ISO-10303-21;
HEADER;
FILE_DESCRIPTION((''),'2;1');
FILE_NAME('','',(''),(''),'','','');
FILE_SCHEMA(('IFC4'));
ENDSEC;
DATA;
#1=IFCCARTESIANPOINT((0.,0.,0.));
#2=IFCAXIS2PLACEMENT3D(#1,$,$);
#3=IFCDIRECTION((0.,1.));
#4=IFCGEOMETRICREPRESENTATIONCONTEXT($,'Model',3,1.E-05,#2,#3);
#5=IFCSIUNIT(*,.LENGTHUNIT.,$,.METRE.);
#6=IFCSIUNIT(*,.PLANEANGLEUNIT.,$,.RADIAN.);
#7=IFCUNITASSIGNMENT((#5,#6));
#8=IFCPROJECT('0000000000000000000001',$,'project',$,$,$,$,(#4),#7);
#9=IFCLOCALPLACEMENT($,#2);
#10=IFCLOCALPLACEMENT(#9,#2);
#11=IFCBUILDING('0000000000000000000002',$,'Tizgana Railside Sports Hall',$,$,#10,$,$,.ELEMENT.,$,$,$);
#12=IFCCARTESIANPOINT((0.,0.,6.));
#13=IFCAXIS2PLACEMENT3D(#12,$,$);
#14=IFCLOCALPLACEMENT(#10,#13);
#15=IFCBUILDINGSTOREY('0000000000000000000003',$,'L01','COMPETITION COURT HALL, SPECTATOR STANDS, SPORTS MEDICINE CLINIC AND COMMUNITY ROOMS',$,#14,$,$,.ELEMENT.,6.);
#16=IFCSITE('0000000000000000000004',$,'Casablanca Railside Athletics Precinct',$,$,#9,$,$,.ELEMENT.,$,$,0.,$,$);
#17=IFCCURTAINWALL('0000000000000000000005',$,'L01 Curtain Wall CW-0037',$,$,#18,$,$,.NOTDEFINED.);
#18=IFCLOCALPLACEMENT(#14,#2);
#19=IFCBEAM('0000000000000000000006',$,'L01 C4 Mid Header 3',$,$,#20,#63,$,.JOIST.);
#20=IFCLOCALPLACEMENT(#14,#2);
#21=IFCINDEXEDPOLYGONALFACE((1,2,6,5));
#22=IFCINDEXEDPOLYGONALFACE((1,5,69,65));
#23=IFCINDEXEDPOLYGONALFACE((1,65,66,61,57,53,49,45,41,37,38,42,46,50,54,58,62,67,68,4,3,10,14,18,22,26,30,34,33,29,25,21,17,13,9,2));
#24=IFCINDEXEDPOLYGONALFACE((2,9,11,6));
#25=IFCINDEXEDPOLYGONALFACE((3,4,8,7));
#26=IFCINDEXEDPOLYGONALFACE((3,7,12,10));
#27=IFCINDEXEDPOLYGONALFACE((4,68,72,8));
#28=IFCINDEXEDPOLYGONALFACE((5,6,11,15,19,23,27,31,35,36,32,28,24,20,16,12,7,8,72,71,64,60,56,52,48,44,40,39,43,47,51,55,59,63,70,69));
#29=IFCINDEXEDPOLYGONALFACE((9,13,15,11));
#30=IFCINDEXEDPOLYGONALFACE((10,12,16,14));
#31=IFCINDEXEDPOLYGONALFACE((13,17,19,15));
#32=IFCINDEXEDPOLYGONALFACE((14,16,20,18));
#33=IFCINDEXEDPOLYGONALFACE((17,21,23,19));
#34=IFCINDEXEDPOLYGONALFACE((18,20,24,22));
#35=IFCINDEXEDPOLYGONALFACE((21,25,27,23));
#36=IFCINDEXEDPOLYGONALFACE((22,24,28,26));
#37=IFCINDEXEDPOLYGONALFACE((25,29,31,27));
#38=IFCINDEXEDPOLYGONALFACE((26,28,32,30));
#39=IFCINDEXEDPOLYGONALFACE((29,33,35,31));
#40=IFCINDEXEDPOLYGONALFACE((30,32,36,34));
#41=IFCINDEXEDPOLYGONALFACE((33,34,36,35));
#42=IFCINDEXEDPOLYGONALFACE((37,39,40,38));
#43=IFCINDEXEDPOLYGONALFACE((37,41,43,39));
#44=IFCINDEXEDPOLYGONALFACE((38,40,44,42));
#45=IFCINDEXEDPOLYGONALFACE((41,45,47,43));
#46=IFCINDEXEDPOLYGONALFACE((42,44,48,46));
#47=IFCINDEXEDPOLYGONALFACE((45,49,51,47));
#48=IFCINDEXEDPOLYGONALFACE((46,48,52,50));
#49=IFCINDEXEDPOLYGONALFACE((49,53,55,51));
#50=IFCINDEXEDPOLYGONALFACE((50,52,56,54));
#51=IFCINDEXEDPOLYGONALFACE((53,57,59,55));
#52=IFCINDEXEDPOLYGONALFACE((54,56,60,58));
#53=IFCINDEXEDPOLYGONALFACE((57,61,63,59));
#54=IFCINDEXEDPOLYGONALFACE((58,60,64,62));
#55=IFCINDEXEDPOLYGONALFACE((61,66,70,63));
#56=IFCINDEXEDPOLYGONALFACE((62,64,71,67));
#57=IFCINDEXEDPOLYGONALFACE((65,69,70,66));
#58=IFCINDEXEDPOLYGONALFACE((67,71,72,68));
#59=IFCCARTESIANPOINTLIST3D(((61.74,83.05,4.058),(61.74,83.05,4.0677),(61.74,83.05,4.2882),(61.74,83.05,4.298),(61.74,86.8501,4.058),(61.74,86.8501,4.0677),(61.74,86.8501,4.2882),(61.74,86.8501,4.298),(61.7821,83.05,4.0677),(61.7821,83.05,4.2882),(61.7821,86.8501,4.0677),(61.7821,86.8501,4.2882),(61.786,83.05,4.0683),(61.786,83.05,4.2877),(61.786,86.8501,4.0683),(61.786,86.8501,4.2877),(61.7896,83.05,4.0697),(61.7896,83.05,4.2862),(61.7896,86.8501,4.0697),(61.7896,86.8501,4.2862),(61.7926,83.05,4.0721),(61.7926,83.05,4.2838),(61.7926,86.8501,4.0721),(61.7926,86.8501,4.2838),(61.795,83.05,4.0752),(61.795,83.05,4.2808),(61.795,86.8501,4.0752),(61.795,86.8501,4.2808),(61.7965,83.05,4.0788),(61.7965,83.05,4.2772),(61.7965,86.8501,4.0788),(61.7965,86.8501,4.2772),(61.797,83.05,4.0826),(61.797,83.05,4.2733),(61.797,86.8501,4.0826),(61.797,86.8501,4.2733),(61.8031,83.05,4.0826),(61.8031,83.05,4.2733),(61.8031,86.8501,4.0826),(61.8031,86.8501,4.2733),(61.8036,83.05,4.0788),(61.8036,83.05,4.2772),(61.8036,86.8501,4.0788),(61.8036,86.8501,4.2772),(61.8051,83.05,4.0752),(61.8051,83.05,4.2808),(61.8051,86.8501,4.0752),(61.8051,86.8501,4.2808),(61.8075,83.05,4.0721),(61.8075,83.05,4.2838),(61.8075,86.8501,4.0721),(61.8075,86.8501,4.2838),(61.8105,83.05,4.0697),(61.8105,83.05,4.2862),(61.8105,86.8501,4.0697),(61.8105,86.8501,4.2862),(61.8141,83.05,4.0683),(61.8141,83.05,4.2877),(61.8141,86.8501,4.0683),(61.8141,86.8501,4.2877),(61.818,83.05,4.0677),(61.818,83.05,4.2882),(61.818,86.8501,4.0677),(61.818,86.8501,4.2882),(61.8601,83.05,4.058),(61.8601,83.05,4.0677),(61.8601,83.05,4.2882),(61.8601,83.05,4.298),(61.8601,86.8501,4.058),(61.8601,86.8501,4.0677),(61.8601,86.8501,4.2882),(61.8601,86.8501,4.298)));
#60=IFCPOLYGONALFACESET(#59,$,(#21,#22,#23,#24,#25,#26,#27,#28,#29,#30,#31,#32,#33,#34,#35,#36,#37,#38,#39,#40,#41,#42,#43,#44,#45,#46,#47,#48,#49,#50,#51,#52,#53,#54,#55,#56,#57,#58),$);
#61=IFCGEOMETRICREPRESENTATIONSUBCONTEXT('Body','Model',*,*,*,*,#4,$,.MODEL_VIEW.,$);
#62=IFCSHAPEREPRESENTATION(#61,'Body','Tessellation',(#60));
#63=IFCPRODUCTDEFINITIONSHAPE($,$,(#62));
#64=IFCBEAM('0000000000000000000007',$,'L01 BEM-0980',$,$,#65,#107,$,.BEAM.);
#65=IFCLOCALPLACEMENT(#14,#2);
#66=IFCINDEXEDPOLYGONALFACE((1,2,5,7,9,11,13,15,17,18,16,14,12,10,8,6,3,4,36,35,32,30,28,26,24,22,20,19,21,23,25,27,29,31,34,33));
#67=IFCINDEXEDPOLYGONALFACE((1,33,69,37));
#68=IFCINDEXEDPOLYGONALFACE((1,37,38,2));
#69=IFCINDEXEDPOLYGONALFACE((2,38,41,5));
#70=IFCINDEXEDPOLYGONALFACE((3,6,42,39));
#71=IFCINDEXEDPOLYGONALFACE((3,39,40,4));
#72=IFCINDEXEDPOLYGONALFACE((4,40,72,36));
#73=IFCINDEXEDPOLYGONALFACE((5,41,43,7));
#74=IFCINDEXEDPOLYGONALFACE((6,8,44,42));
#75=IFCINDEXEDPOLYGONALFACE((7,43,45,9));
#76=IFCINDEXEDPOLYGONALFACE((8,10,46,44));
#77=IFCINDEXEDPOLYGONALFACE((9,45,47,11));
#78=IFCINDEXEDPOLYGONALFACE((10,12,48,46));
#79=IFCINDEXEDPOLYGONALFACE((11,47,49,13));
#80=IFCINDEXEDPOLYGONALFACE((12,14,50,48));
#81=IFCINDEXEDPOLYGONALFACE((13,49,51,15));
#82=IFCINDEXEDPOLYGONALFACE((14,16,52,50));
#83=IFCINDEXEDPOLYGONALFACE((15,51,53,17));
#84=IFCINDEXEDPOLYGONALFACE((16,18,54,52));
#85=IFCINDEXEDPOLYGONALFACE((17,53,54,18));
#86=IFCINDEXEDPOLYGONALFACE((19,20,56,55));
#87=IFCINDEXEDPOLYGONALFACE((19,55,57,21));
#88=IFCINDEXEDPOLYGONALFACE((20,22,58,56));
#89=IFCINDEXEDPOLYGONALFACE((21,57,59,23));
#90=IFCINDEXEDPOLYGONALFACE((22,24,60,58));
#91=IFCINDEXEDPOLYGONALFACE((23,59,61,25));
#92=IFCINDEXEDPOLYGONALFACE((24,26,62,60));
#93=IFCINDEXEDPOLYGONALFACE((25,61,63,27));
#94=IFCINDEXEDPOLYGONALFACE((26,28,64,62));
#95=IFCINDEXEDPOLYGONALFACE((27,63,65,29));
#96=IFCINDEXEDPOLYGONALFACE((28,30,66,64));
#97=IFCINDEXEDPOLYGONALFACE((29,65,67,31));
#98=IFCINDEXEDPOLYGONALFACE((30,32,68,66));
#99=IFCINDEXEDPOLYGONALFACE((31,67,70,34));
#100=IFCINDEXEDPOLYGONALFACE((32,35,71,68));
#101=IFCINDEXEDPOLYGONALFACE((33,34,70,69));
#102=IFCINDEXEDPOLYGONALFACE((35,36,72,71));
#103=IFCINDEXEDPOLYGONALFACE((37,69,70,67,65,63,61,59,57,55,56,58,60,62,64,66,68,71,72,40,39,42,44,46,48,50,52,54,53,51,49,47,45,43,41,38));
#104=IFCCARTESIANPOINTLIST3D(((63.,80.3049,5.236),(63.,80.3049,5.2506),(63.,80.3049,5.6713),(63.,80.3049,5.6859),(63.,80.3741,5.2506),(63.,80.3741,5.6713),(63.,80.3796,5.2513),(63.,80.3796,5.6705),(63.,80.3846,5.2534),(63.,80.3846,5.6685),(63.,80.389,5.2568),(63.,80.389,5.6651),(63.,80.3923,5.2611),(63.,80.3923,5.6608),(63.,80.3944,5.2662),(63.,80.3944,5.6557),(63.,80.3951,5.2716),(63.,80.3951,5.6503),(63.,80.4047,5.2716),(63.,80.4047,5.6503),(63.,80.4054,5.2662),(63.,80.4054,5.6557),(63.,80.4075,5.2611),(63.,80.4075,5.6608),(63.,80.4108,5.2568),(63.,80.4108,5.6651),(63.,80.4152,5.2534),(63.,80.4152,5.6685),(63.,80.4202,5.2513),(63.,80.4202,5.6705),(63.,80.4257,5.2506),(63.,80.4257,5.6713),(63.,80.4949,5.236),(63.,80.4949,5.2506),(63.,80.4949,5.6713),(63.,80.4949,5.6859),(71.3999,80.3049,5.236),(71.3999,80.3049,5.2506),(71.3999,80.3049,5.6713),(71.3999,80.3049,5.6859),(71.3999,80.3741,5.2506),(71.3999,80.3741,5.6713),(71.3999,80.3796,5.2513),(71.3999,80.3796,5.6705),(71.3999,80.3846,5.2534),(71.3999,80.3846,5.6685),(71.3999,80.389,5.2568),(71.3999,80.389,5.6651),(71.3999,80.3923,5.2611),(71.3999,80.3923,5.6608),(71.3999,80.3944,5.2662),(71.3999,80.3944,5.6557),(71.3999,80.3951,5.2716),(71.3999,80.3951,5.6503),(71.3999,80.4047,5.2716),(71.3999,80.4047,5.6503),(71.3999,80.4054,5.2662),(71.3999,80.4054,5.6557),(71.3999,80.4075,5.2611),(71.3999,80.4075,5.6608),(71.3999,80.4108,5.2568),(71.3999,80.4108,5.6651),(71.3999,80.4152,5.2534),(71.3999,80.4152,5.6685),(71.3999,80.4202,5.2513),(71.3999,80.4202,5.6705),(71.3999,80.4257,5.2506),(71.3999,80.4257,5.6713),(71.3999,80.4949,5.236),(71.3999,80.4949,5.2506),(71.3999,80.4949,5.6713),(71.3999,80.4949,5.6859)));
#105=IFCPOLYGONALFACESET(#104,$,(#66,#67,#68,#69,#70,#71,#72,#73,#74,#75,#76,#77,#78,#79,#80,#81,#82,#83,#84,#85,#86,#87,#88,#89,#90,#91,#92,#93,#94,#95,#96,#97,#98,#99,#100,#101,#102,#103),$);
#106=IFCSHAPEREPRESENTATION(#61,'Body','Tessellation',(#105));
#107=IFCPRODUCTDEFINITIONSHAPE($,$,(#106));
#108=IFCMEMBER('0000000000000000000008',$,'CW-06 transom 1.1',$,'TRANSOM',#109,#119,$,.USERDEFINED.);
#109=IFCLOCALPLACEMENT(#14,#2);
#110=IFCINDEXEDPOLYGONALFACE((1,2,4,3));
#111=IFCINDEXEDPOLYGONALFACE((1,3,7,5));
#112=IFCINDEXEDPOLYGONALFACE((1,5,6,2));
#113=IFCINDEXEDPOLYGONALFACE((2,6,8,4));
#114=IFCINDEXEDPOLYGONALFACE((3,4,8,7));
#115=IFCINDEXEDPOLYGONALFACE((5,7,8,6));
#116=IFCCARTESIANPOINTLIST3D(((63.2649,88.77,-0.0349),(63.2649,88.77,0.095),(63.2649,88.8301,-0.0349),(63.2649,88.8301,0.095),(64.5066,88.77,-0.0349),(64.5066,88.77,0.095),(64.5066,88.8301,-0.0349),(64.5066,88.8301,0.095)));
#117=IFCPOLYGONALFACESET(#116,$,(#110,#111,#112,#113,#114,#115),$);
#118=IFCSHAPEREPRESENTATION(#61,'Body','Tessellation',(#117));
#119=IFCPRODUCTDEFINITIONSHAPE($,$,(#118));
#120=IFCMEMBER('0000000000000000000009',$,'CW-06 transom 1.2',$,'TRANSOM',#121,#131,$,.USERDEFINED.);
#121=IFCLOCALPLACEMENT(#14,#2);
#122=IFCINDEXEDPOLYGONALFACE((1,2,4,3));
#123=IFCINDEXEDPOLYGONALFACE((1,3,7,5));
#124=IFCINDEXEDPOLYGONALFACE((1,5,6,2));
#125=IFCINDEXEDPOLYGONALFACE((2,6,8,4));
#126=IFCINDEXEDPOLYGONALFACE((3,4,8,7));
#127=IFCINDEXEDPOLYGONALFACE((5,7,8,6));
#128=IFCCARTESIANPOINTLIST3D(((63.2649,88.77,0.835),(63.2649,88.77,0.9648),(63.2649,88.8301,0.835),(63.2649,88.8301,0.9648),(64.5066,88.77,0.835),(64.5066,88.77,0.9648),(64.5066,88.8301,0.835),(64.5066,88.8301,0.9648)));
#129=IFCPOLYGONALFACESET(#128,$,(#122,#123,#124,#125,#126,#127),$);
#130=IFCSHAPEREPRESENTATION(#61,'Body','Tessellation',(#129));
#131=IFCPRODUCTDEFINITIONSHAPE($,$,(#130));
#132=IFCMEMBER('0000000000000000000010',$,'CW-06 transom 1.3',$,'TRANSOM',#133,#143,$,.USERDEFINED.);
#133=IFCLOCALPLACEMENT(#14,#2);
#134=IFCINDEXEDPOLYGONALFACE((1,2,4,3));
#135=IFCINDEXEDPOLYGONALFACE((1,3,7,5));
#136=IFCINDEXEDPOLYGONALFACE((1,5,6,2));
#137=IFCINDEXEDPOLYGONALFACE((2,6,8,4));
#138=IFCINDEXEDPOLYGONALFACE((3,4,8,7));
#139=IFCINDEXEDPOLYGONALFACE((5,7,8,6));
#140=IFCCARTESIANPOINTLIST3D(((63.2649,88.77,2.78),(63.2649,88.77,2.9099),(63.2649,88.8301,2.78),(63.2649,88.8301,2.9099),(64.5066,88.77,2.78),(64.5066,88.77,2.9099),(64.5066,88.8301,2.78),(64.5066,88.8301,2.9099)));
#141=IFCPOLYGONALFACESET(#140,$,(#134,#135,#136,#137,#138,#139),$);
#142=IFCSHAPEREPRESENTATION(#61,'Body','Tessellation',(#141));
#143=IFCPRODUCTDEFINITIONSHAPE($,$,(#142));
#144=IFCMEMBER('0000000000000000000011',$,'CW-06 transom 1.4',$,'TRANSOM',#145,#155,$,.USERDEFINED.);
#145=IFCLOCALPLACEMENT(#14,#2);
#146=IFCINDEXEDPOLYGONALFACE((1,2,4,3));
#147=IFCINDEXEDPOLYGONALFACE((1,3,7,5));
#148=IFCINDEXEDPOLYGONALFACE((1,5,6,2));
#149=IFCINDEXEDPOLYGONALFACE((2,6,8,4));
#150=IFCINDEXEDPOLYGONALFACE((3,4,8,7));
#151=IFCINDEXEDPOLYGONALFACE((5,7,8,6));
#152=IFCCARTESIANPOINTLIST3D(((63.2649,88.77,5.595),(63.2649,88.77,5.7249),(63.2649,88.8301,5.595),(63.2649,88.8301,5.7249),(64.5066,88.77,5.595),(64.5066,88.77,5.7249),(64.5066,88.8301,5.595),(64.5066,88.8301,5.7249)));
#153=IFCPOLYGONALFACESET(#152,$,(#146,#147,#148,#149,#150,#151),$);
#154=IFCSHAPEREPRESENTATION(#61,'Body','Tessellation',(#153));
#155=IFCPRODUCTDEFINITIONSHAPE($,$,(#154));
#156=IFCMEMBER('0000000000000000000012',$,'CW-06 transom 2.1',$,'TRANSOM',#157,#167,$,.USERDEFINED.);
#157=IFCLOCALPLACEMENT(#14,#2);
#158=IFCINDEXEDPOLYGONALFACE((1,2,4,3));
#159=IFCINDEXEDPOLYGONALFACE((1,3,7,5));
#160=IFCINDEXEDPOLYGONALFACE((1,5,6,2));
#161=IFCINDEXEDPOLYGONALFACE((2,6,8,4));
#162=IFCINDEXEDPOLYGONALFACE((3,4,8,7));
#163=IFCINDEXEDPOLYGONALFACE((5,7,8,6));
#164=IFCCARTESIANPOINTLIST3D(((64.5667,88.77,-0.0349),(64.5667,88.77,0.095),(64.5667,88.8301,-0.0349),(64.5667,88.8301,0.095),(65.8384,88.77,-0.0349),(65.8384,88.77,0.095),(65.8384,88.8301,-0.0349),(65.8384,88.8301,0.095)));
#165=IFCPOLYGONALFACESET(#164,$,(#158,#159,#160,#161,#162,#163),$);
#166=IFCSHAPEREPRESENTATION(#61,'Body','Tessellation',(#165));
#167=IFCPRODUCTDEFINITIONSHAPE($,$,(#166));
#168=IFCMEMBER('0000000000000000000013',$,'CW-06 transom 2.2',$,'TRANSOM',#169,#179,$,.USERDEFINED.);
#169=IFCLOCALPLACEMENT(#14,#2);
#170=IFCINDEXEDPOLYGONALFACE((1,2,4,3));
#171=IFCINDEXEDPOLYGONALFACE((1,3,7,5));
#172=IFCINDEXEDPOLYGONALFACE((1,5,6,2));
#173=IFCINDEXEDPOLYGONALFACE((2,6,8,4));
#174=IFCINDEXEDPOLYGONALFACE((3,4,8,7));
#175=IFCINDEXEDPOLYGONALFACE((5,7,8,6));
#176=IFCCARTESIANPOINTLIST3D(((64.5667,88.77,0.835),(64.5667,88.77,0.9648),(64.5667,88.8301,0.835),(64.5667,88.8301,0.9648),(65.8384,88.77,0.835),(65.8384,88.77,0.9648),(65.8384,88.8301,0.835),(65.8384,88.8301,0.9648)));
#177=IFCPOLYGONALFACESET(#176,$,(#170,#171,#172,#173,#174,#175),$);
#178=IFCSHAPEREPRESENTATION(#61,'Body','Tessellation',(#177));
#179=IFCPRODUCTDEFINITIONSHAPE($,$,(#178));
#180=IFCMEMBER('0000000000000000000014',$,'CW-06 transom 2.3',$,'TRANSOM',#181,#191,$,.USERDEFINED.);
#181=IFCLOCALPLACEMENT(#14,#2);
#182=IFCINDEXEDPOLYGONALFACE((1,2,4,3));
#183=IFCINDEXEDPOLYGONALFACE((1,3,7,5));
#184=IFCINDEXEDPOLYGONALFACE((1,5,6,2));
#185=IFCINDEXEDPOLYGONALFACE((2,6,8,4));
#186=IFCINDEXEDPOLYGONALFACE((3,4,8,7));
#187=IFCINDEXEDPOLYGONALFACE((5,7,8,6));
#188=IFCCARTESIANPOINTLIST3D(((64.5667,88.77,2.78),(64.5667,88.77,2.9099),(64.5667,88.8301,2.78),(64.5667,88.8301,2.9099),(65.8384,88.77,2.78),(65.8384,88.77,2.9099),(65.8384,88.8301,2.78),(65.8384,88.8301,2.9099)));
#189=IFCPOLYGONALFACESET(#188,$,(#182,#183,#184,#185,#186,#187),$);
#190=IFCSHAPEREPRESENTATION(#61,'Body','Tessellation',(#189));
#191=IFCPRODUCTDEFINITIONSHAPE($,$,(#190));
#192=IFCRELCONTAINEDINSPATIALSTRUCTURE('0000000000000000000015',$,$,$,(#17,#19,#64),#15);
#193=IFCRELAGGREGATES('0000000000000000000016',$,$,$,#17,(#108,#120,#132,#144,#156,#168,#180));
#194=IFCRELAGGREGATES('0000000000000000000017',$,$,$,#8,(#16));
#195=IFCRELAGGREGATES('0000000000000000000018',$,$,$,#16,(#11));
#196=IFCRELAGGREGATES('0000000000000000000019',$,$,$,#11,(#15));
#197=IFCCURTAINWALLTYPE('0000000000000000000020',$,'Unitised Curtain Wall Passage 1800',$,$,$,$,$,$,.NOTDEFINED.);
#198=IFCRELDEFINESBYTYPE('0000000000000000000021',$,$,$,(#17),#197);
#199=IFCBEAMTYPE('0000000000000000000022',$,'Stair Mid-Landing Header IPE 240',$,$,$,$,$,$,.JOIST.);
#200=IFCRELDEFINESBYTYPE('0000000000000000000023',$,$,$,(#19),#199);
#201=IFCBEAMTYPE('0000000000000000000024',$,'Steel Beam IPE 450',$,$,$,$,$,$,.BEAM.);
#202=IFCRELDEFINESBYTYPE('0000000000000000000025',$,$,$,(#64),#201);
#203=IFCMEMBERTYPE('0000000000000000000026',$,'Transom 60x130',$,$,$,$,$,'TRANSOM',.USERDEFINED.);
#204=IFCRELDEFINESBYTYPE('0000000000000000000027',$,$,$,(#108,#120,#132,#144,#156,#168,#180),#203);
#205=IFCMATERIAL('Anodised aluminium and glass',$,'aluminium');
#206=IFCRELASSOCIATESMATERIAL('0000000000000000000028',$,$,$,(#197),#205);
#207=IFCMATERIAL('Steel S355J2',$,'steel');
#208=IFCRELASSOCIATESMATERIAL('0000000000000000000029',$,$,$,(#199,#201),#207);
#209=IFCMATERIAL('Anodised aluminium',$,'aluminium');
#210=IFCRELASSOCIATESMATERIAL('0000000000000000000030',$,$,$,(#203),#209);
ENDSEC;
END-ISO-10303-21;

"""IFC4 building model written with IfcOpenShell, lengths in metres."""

from ifc_helpers import new_model, si_unit, direction, frame, origin, origin_2d, place, context, subcontext, project, spatial, rectangle, i_section, extrude, material, material_profile, profile_set, type_object, element, aggregate, save


model = new_model("IFC4")

# Units and contexts
model_context = context("Model", 3, precision=1e-05, world=origin(), true_north=direction((0.0, 1.0)))
body_context = subcontext(model_context, "Body", "Model", "MODEL_VIEW")
ifc_project = project(units=[si_unit("LENGTHUNIT", "METRE"), si_unit("PLANEANGLEUNIT", "RADIAN")], contexts=[model_context])

# Site, building, storey
site_placement = place(None, origin())
site = spatial("IfcSite", under=ifc_project, at=site_placement, Name="Casablanca Railside Athletics Precinct", CompositionType="ELEMENT", RefElevation=0.0)
building_placement = place(site_placement, origin())
building = spatial("IfcBuilding", under=site, at=building_placement, Name="Tizgana Railside Sports Hall", CompositionType="ELEMENT")
storey_placement = place(building_placement, frame((0.0, 0.0, 6.0)))
storey = spatial("IfcBuildingStorey", under=building, at=storey_placement, Name="L01", Description="COMPETITION COURT HALL, SPECTATOR STANDS, SPORTS MEDICINE CLINIC AND COMMUNITY ROOMS", CompositionType="ELEMENT", Elevation=6.0)

# Shared definitions
ifc_material_1 = material(Name="Steel S355J2", Category="steel")

# Shared definitions
ifc_material_2 = material(Name="Anodised aluminium and glass", Category="aluminium")
ifc_material_3 = material(Name="Anodised aluminium", Category="aluminium")

# Curtain wall
curtain_wall_type_1 = type_object("IfcCurtainWallType", Name="Unitised Curtain Wall Passage 1800", PredefinedType="NOTDEFINED", material=ifc_material_2)
curtain_wall_1_placement = place(storey_placement, origin())
curtain_wall_1 = element("IfcCurtainWall", 1, at=curtain_wall_1_placement, inside=storey, type_object=curtain_wall_type_1, Name="L01 Curtain Wall CW-0037", PredefinedType="NOTDEFINED")

# Beams
ifc_material_profile_1 = material_profile(ifc_material_1, i_section(OverallWidth=0.1201, OverallDepth=0.24, WebThickness=0.0061, FlangeThickness=0.0098, FilletRadius=0.0149, at=origin_2d()), Name="IPE 240")
ifc_profile_set_1 = profile_set([ifc_material_profile_1], Name="Steel S355J2")
beam_type_1 = type_object("IfcBeamType", Name="Stair Mid-Landing Header IPE 240", PredefinedType="JOIST", material=ifc_profile_set_1)
for number, where, z_axis, x_axis, name in (
    (2, (61.8, 83.05, 4.178), (0.0, 1.0, 0.0), (-1.0, 0.0, 0.0), "L01 C4 Mid Header 3"),
):
    element("IfcBeam", number, at=place(storey_placement, frame(where, z_axis=z_axis, x_axis=x_axis)), inside=storey, type_object=beam_type_1, Name=name, PredefinedType="JOIST", context=body_context, shape_type="SweptSolid", body=[
        extrude(i_section(OverallWidth=0.1201, OverallDepth=0.24, WebThickness=0.0061, FlangeThickness=0.0098, FilletRadius=0.0149, at=origin_2d()), origin(), (0.0, 0.0, 1.0), 3.8),
    ])
ifc_material_profile_2 = material_profile(ifc_material_1, i_section(OverallWidth=0.1899, OverallDepth=0.45, WebThickness=0.0095, FlangeThickness=0.0146, FilletRadius=0.021, at=origin_2d()), Name="IPE 450")
ifc_profile_set_2 = profile_set([ifc_material_profile_2], Name="Steel S355J2")
beam_type_2 = type_object("IfcBeamType", Name="Steel Beam IPE 450", PredefinedType="BEAM", material=ifc_profile_set_2)
beam_placement = place(storey_placement, frame((63.0, 80.3999, 5.4609), z_axis=(1.0, 0.0, 0.0), x_axis=(0.0, 1.0, 0.0)))
element("IfcBeam", 3, at=beam_placement, inside=storey, type_object=beam_type_2, Name="L01 BEM-0980", PredefinedType="BEAM", context=body_context, shape_type="SweptSolid", body=[
    extrude(i_section(OverallWidth=0.1899, OverallDepth=0.45, WebThickness=0.0095, FlangeThickness=0.0146, FilletRadius=0.021, at=origin_2d()), origin(), (0.0, 0.0, 1.0), 8.3999),
])

# Members
ifc_material_profile_3 = material_profile(ifc_material_3, rectangle(XDim=0.0601, YDim=0.1299, at=origin_2d()), Name="Transom 60x130")
ifc_profile_set_3 = profile_set([ifc_material_profile_3], Name="Anodised aluminium")
member_type_1 = type_object("IfcMemberType", Name="Transom 60x130", ElementType="TRANSOM", PredefinedType="USERDEFINED", material=ifc_profile_set_3)
member_1_placement = place(storey_placement, frame((63.2649, 88.8, 0.03), z_axis=(1.0, 0.0, 0.0), x_axis=(0.0, 1.0, 0.0)))
member_1 = element("IfcMember", 4, at=member_1_placement, type_object=member_type_1, Name="CW-06 transom 1.1", ObjectType="TRANSOM", PredefinedType="USERDEFINED", context=body_context, shape_type="SweptSolid", body=[
    extrude(rectangle(XDim=0.0601, YDim=0.1299, at=origin_2d()), origin(), (0.0, 0.0, 1.0), 1.2417),
])
member_2_placement = place(storey_placement, frame((63.2649, 88.8, 0.8999), z_axis=(1.0, 0.0, 0.0), x_axis=(0.0, 1.0, 0.0)))
member_2 = element("IfcMember", 5, at=member_2_placement, type_object=member_type_1, Name="CW-06 transom 1.2", ObjectType="TRANSOM", PredefinedType="USERDEFINED", context=body_context, shape_type="SweptSolid", body=[
    extrude(rectangle(XDim=0.0601, YDim=0.1299, at=origin_2d()), origin(), (0.0, 0.0, 1.0), 1.2417),
])
member_3_placement = place(storey_placement, frame((63.2649, 88.8, 2.845), z_axis=(1.0, 0.0, 0.0), x_axis=(0.0, 1.0, 0.0)))
member_3 = element("IfcMember", 6, at=member_3_placement, type_object=member_type_1, Name="CW-06 transom 1.3", ObjectType="TRANSOM", PredefinedType="USERDEFINED", context=body_context, shape_type="SweptSolid", body=[
    extrude(rectangle(XDim=0.0601, YDim=0.1299, at=origin_2d()), origin(), (0.0, 0.0, 1.0), 1.2417),
])
member_4_placement = place(storey_placement, frame((63.2649, 88.8, 5.6599), z_axis=(1.0, 0.0, 0.0), x_axis=(0.0, 1.0, 0.0)))
member_4 = element("IfcMember", 7, at=member_4_placement, type_object=member_type_1, Name="CW-06 transom 1.4", ObjectType="TRANSOM", PredefinedType="USERDEFINED", context=body_context, shape_type="SweptSolid", body=[
    extrude(rectangle(XDim=0.0601, YDim=0.1299, at=origin_2d()), origin(), (0.0, 0.0, 1.0), 1.2417),
])
member_5_placement = place(storey_placement, frame((64.5667, 88.8, 0.03), z_axis=(1.0, 0.0, 0.0), x_axis=(0.0, 1.0, 0.0)))
member_5 = element("IfcMember", 8, at=member_5_placement, type_object=member_type_1, Name="CW-06 transom 2.1", ObjectType="TRANSOM", PredefinedType="USERDEFINED", context=body_context, shape_type="SweptSolid", body=[
    extrude(rectangle(XDim=0.0601, YDim=0.1299, at=origin_2d()), origin(), (0.0, 0.0, 1.0), 1.2717),
])
member_6_placement = place(storey_placement, frame((64.5667, 88.8, 0.8999), z_axis=(1.0, 0.0, 0.0), x_axis=(0.0, 1.0, 0.0)))
member_6 = element("IfcMember", 9, at=member_6_placement, type_object=member_type_1, Name="CW-06 transom 2.2", ObjectType="TRANSOM", PredefinedType="USERDEFINED", context=body_context, shape_type="SweptSolid", body=[
    extrude(rectangle(XDim=0.0601, YDim=0.1299, at=origin_2d()), origin(), (0.0, 0.0, 1.0), 1.2717),
])
member_7_placement = place(storey_placement, frame((64.5667, 88.8, 2.845), z_axis=(1.0, 0.0, 0.0), x_axis=(0.0, 1.0, 0.0)))
member_7 = element("IfcMember", 10, at=member_7_placement, type_object=member_type_1, Name="CW-06 transom 2.3", ObjectType="TRANSOM", PredefinedType="USERDEFINED", context=body_context, shape_type="SweptSolid", body=[
    extrude(rectangle(XDim=0.0601, YDim=0.1299, at=origin_2d()), origin(), (0.0, 0.0, 1.0), 1.2717),
])

aggregate(curtain_wall_1, [member_1, member_2, member_3, member_4, member_5, member_6, member_7])

save(model, "model.ifc")
